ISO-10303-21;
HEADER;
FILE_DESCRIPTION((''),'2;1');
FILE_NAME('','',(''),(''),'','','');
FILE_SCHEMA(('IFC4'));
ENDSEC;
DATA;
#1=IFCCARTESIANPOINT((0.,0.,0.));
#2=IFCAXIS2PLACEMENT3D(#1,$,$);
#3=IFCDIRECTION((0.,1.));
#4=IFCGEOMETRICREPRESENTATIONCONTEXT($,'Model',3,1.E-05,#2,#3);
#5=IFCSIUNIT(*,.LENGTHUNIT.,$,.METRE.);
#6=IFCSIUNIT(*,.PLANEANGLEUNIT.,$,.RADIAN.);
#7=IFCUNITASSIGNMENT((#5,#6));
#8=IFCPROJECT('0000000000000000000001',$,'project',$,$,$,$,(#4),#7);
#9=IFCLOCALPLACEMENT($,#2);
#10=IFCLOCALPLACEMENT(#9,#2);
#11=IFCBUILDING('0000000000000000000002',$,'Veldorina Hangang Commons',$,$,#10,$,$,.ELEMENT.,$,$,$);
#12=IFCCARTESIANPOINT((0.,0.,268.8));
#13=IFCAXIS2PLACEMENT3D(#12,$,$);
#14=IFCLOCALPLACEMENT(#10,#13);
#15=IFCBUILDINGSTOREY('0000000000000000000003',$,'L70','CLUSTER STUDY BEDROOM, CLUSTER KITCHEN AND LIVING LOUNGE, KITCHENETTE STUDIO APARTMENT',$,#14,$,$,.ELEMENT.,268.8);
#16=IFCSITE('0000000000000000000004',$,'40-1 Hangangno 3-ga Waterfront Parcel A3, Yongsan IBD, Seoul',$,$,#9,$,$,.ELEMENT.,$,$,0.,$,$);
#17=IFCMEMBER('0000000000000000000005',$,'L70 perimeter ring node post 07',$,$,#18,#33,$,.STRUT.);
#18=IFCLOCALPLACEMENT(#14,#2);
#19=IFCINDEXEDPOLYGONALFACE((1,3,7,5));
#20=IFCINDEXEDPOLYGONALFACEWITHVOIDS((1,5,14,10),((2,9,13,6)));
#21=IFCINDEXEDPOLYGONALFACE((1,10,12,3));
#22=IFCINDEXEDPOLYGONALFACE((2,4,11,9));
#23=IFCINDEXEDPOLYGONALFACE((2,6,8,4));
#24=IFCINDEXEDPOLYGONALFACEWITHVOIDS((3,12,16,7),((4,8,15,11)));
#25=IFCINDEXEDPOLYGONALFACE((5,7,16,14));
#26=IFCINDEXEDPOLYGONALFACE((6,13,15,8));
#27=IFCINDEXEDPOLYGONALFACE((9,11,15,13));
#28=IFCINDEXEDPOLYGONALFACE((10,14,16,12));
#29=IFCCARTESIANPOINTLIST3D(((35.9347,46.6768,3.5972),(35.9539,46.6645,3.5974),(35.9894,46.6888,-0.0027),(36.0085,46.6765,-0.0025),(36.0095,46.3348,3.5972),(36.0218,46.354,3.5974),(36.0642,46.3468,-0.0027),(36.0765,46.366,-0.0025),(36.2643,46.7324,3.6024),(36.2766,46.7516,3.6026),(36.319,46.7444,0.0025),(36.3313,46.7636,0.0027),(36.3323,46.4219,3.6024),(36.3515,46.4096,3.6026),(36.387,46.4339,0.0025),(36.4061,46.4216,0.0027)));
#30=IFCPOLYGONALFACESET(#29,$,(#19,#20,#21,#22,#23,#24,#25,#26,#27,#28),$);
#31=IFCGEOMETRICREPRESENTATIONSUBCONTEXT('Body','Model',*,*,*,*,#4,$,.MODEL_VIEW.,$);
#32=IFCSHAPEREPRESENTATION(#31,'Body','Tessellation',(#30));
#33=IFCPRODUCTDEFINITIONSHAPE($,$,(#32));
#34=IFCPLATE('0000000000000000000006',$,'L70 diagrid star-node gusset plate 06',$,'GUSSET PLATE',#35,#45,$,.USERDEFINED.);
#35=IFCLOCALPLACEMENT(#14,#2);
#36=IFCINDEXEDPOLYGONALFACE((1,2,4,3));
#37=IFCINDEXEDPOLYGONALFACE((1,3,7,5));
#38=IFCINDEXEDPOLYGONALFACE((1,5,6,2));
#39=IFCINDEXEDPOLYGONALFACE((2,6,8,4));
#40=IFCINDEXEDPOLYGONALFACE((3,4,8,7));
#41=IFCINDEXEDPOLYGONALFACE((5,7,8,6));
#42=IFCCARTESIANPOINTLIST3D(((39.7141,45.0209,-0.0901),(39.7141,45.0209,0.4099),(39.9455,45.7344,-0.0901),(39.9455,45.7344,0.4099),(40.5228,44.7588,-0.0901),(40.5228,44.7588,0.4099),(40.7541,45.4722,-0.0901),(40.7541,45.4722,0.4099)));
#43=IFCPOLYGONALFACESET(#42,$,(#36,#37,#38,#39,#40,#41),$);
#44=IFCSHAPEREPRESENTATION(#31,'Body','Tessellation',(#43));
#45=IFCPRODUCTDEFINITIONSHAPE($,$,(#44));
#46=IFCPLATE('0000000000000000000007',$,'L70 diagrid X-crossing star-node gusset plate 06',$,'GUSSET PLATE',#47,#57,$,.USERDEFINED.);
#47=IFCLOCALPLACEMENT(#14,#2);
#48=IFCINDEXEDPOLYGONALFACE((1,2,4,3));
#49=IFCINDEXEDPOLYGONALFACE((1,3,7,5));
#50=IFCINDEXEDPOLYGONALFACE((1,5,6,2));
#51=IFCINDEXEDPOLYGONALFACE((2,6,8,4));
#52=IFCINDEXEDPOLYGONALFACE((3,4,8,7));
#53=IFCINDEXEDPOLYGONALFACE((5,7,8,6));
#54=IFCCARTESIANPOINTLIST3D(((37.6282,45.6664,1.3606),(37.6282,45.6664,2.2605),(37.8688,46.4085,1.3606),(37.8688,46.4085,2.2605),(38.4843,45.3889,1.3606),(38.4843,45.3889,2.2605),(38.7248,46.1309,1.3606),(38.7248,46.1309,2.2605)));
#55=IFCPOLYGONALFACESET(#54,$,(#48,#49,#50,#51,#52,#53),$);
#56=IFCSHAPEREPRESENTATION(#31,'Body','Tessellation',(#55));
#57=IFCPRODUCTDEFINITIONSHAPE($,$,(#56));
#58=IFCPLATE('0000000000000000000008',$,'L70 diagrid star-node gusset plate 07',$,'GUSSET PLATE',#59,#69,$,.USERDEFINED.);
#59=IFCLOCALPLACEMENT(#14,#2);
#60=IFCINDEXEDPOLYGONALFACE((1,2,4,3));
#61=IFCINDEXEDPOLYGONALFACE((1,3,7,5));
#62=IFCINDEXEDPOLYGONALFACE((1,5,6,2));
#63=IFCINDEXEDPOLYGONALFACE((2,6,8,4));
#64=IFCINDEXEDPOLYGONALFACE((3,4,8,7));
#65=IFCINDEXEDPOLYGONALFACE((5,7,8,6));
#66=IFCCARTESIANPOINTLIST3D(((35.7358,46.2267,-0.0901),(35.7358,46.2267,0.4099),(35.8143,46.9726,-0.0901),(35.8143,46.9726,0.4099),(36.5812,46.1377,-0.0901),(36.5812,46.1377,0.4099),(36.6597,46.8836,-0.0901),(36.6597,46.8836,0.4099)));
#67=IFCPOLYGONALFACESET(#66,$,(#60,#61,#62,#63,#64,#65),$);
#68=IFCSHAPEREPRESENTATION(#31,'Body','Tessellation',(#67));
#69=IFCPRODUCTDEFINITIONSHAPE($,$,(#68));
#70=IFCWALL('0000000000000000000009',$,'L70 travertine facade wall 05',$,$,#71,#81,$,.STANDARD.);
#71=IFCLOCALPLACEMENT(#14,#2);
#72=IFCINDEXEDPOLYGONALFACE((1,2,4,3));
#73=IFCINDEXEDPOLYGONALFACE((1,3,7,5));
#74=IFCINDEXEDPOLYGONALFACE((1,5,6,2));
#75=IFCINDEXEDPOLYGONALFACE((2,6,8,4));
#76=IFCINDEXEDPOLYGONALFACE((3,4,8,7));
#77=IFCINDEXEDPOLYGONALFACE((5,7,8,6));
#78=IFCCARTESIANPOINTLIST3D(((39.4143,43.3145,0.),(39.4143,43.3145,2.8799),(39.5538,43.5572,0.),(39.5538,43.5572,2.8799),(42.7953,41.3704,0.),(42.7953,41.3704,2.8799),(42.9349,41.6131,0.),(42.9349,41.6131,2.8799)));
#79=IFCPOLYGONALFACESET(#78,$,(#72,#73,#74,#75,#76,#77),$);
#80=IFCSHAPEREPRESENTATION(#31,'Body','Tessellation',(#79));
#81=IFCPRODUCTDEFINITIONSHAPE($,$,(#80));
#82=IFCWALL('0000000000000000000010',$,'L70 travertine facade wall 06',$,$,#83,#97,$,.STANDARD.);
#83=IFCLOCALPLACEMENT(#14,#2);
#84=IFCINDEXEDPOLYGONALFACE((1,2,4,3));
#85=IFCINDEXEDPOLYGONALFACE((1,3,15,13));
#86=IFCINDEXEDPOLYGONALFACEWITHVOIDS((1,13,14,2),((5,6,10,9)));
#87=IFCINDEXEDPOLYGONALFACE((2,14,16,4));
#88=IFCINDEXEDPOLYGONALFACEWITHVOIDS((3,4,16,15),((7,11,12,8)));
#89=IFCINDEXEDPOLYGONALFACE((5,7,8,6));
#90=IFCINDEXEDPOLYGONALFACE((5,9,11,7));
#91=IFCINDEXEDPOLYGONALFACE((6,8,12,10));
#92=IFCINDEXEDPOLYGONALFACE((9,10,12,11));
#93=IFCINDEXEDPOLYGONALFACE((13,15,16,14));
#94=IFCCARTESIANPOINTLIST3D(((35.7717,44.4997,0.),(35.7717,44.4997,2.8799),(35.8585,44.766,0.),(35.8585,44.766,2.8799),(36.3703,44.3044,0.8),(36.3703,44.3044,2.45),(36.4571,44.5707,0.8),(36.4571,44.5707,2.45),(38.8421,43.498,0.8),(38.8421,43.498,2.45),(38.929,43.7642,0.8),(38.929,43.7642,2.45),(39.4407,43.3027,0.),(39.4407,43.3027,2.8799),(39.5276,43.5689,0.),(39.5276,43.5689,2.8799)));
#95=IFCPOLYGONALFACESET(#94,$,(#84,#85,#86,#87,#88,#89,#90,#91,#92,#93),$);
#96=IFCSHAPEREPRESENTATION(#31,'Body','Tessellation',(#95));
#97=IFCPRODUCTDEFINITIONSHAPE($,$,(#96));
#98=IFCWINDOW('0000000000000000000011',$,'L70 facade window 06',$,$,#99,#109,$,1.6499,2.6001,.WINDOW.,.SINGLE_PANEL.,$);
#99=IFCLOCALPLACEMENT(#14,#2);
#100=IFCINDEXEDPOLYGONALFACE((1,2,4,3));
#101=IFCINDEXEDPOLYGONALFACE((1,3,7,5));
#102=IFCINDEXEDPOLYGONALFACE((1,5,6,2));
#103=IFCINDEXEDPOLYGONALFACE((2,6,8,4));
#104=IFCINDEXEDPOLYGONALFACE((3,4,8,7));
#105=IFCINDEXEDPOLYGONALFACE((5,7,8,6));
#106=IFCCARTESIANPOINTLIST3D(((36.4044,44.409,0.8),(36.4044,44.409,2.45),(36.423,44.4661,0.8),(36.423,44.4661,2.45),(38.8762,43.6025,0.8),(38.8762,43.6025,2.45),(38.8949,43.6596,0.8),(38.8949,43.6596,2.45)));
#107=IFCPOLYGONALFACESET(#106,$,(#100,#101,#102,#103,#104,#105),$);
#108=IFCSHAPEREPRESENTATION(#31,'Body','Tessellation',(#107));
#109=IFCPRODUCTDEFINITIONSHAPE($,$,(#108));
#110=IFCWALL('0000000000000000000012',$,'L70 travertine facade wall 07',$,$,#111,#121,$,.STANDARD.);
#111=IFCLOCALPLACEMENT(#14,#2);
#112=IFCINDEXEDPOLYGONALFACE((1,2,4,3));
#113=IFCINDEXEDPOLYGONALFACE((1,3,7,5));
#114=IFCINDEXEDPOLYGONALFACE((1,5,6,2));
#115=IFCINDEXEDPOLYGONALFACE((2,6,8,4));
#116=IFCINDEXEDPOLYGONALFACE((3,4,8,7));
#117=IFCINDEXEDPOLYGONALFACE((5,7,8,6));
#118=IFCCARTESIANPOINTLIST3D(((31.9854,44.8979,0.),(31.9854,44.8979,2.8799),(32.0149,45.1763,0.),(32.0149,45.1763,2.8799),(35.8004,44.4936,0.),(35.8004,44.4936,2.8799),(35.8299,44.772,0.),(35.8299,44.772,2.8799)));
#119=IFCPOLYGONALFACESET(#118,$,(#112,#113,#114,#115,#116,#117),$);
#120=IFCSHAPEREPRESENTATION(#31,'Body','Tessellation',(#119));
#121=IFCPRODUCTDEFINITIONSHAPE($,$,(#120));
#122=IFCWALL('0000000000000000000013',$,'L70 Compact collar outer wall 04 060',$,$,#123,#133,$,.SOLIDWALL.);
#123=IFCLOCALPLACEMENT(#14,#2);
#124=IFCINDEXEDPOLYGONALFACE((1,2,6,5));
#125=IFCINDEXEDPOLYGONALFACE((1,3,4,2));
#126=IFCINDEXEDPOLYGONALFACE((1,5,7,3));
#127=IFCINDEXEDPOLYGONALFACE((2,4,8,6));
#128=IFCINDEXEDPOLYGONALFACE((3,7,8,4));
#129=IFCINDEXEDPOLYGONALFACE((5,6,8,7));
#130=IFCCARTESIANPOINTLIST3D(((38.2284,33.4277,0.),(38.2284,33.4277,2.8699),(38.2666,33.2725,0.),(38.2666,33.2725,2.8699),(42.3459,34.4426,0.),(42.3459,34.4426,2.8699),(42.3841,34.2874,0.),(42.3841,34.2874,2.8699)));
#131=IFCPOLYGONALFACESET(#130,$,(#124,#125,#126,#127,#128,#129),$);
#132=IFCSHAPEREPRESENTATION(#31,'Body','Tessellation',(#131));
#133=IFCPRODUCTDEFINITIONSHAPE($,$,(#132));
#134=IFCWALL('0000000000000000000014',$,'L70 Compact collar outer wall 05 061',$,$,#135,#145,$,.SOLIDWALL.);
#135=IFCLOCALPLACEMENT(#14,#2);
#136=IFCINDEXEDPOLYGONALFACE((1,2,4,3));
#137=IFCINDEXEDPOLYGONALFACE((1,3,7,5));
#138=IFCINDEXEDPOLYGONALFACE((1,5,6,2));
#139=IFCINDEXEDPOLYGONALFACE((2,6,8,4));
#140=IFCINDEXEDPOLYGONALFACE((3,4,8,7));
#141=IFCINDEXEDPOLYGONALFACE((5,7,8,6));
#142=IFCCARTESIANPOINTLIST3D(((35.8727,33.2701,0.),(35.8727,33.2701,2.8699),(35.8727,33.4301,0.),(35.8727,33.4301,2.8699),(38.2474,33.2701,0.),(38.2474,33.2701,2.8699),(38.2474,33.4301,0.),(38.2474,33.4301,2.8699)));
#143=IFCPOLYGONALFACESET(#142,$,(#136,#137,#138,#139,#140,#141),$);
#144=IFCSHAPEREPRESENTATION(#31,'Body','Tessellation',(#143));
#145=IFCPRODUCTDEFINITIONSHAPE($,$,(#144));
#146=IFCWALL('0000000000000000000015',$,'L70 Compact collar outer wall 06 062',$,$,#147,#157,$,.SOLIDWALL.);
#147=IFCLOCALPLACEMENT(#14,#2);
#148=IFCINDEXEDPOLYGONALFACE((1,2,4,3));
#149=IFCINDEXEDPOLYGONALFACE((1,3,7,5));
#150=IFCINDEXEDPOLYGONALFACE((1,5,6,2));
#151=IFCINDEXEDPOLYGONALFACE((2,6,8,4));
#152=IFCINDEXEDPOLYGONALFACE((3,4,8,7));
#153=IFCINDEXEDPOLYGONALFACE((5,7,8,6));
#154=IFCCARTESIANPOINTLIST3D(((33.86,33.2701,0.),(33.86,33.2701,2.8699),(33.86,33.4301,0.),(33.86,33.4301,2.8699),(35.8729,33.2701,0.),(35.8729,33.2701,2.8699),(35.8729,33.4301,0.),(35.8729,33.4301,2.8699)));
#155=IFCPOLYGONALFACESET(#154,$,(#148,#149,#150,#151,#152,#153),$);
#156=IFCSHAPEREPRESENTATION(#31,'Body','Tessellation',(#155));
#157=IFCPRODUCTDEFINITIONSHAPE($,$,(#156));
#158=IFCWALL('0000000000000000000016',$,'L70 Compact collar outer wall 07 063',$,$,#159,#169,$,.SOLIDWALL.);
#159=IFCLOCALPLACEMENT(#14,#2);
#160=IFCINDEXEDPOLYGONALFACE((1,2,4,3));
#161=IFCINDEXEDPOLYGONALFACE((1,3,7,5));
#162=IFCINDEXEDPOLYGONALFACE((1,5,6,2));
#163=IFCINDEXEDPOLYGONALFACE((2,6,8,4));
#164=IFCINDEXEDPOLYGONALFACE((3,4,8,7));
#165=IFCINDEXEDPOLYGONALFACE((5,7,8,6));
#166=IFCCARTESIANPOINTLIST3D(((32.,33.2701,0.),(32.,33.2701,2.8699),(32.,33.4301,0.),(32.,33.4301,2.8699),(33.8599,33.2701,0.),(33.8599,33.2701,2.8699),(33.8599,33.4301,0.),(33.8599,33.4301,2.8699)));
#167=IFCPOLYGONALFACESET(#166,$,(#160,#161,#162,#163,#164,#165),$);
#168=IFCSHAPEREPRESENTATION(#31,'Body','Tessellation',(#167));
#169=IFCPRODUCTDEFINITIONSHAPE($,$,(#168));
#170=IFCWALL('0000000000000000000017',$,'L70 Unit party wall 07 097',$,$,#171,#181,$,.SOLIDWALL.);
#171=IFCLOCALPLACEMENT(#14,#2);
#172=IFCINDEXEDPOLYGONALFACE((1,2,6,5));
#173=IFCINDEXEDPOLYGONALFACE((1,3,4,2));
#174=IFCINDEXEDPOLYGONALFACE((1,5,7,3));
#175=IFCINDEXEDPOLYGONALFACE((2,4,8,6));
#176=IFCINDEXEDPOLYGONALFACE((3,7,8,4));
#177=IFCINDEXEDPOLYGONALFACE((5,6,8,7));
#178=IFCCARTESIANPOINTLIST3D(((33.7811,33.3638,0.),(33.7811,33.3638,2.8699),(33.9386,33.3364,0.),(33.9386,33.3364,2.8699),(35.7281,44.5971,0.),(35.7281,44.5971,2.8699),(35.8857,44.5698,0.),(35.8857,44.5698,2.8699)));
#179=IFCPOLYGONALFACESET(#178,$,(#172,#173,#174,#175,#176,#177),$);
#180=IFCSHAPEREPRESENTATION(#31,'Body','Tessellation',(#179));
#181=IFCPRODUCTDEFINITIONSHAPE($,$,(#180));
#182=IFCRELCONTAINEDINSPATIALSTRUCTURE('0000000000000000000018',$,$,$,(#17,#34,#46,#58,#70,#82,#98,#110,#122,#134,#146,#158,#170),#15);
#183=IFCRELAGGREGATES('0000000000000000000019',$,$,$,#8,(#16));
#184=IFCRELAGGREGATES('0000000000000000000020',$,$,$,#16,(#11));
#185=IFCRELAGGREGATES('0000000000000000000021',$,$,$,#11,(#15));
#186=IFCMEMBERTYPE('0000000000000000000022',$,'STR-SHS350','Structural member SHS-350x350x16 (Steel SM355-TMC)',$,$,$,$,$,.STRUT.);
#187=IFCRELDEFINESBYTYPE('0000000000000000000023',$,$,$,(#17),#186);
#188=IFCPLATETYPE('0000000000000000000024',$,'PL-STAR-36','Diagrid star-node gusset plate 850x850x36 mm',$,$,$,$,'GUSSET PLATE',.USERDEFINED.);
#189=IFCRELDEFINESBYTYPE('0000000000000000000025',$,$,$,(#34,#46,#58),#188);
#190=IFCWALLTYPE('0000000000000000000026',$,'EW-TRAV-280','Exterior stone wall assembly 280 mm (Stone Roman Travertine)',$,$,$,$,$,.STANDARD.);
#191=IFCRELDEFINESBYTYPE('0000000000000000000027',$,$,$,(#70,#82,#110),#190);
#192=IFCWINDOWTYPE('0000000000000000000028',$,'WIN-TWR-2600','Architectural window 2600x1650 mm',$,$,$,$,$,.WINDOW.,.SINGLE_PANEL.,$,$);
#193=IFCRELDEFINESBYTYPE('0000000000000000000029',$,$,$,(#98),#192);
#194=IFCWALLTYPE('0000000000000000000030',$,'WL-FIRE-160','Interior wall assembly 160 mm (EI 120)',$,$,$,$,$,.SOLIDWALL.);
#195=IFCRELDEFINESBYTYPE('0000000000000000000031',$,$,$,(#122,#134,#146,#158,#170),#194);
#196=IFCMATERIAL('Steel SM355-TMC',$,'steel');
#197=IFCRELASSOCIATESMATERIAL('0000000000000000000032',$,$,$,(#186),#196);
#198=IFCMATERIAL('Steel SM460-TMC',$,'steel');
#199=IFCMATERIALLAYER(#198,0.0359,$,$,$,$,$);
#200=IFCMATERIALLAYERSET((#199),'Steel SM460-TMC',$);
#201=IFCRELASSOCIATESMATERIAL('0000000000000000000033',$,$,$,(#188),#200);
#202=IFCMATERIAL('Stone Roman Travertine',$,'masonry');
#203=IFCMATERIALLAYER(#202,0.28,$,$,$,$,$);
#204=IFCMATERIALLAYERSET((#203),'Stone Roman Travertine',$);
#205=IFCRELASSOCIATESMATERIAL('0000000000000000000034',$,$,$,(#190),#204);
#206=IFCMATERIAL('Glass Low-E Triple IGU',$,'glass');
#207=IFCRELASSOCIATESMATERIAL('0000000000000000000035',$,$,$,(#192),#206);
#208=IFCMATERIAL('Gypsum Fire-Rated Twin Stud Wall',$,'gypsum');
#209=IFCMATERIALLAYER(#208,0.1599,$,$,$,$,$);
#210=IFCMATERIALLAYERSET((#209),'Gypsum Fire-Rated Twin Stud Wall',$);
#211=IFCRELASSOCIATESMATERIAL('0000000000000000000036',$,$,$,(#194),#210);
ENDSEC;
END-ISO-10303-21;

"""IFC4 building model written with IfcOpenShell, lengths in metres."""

from ifc_helpers import new_model, si_unit, direction, frame, frame_2d, origin, origin_2d, place, context, subcontext, project, spatial, rectangle, hollow_rectangle, extrude, material, layer, layer_set, material_profile, profile_set, type_object, element, fill, save


model = new_model("IFC4")

# Units and contexts
model_context = context("Model", 3, precision=1e-05, world=origin(), true_north=direction((0.0, 1.0)))
body_context = subcontext(model_context, "Body", "Model", "MODEL_VIEW")
ifc_project = project(units=[si_unit("LENGTHUNIT", "METRE"), si_unit("PLANEANGLEUNIT", "RADIAN")], contexts=[model_context])

# Site, building, storey
site_placement = place(None, origin())
site = spatial("IfcSite", under=ifc_project, at=site_placement, Name="40-1 Hangangno 3-ga Waterfront Parcel A3, Yongsan IBD, Seoul", CompositionType="ELEMENT", RefElevation=0.0)
building_placement = place(site_placement, origin())
building = spatial("IfcBuilding", under=site, at=building_placement, Name="Veldorina Hangang Commons", CompositionType="ELEMENT")
storey_placement = place(building_placement, frame((0.0, 0.0, 268.8)))
storey = spatial("IfcBuildingStorey", under=building, at=storey_placement, Name="L70", Description="CLUSTER STUDY BEDROOM, CLUSTER KITCHEN AND LIVING LOUNGE, KITCHENETTE STUDIO APARTMENT", CompositionType="ELEMENT", Elevation=268.8)

# Shared definitions
ifc_material_1 = material(Name="Steel SM355-TMC", Category="steel")

# Member
ifc_material_profile_1 = material_profile(ifc_material_1, hollow_rectangle(XDim=0.3501, YDim=0.3501, WallThickness=0.0161, at=origin_2d()), Name="SHS-350x350x16")
ifc_profile_set_1 = profile_set([ifc_material_profile_1], Name="Steel SM355-TMC")
member_type_1 = type_object("IfcMemberType", Name="STR-SHS350", Description="Structural member SHS-350x350x16 (Steel SM355-TMC)", PredefinedType="STRUT", material=ifc_profile_set_1)
member_1_placement = place(storey_placement, frame((36.1978, 46.5552, 0.0), z_axis=(-0.01519, -0.003323, 0.999879), x_axis=(0.213697, -0.9769, 0.0)))
element("IfcMember", 1, at=member_1_placement, inside=storey, type_object=member_type_1, Name="L70 perimeter ring node post 07", PredefinedType="STRUT", context=body_context, shape_type="SweptSolid", body=[
    extrude(hollow_rectangle(XDim=0.3501, YDim=0.3501, WallThickness=0.0161, at=origin_2d()), origin(), (0.0, 0.0, 1.0), 3.6003),
])

# Plates
ifc_material_2 = material(Name="Steel SM460-TMC", Category="steel")
ifc_layer_1 = layer(ifc_material_2, 0.0359)
ifc_layer_set_1 = layer_set([ifc_layer_1], Name="Steel SM460-TMC")
plate_type = type_object("IfcPlateType", Name="PL-STAR-36", Description="Diagrid star-node gusset plate 850x850x36 mm", ElementType="GUSSET PLATE", PredefinedType="USERDEFINED", material=ifc_layer_set_1)
plate_1_placement = place(storey_placement, frame((40.2341, 45.2466, -0.0901), z_axis=(0.0, 0.0, 1.0), x_axis=(-0.951256, 0.308403, 0.0)))
element("IfcPlate", 2, at=plate_1_placement, inside=storey, type_object=plate_type, Name="L70 diagrid star-node gusset plate 06", ObjectType="GUSSET PLATE", PredefinedType="USERDEFINED", context=body_context, shape_type="SweptSolid", body=[
    extrude(rectangle(XDim=0.8501, YDim=0.75, at=origin_2d()), origin(), (0.0, 0.0, 1.0), 0.5),
])
plate_2_placement = place(storey_placement, frame((38.1765, 45.8987, 1.3606), z_axis=(0.0, 0.0, 1.0), x_axis=(-0.951256, 0.308403, 0.0)))
element("IfcPlate", 3, at=plate_2_placement, inside=storey, type_object=plate_type, Name="L70 diagrid X-crossing star-node gusset plate 06", ObjectType="GUSSET PLATE", PredefinedType="USERDEFINED", context=body_context, shape_type="SweptSolid", body=[
    extrude(rectangle(XDim=0.8999, YDim=0.78, at=origin_2d()), origin(), (0.0, 0.0, 1.0), 0.8999),
])
plate_3_placement = place(storey_placement, frame((36.1978, 46.5552, -0.0901), z_axis=(0.0, 0.0, 1.0), x_axis=(-0.994504, 0.104702, 0.0)))
element("IfcPlate", 4, at=plate_3_placement, inside=storey, type_object=plate_type, Name="L70 diagrid star-node gusset plate 07", ObjectType="GUSSET PLATE", PredefinedType="USERDEFINED", context=body_context, shape_type="SweptSolid", body=[
    extrude(rectangle(XDim=0.8501, YDim=0.75, at=origin_2d()), origin(), (0.0, 0.0, 1.0), 0.5),
])

# Wall
ifc_material_3 = material(Name="Stone Roman Travertine", Category="masonry")
ifc_layer_2 = layer(ifc_material_3, 0.28)
ifc_layer_set_2 = layer_set([ifc_layer_2], Name="Stone Roman Travertine")
wall_type_1 = type_object("IfcWallType", Name="EW-TRAV-280", Description="Exterior stone wall assembly 280 mm (Stone Roman Travertine)", PredefinedType="STANDARD", material=ifc_layer_set_2)
wall_1_placement = place(storey_placement, frame((42.8652, 41.4917, 0.0), z_axis=(0.0, 0.0, 1.0), x_axis=(-0.866911, 0.498463, 0.0)))
element("IfcWall", 5, at=wall_1_placement, inside=storey, type_object=wall_type_1, Name="L70 travertine facade wall 05", PredefinedType="STANDARD", context=body_context, shape_type="SweptSolid", body=[
    extrude(rectangle(XDim=3.9001, YDim=0.28, at=frame_2d((1.9502, 0.0))), origin(), (0.0, 0.0, 1.0), 2.8799),
])

# Wall, opening, window
wall_2_placement = place(storey_placement, frame((39.4841, 43.4358, 0.0), z_axis=(0.0, 0.0, 1.0), x_axis=(-0.950682, 0.310167, 0.0)))
wall_2 = element("IfcWall", 6, at=wall_2_placement, inside=storey, type_object=wall_type_1, Name="L70 travertine facade wall 06", PredefinedType="STANDARD", context=body_context, shape_type="SweptSolid", body=[
    extrude(rectangle(XDim=3.8594, YDim=0.28, at=frame_2d((1.9297, 0.0))), origin(), (0.0, 0.0, 1.0), 2.8799),
])
opening_1_placement = place(wall_2_placement, frame((0.6296, 0.0, 0.8)))
opening_1 = element("IfcOpeningElement", 7, at=opening_1_placement, cuts=wall_2, PredefinedType="OPENING", context=body_context, shape_type="SweptSolid", body=[
    extrude(rectangle(XDim=2.6001, YDim=1.6499, at=frame_2d((1.3, 0.825))), frame((0.0, 0.1499, 0.0), z_axis=(0.0, -1.0, 0.0), x_axis=(1.0, 0.0, 0.0)), (0.0, 0.0, 1.0), 0.3),
])
ifc_material_4 = material(Name="Glass Low-E Triple IGU", Category="glass")
window_type = type_object("IfcWindowType", Name="WIN-TWR-2600", Description="Architectural window 2600x1650 mm", PartitioningType="SINGLE_PANEL", PredefinedType="WINDOW", material=ifc_material_4)
window_placement = place(opening_1_placement, origin())
window = element("IfcWindow", 8, at=window_placement, inside=storey, type_object=window_type, Name="L70 facade window 06", OverallHeight=1.6499, OverallWidth=2.6001, PartitioningType="SINGLE_PANEL", PredefinedType="WINDOW", context=body_context, shape_type="SweptSolid", body=[
    extrude(rectangle(XDim=2.6001, YDim=1.6499, at=frame_2d((1.3, 0.825))), frame((0.0, 0.03, 0.0), z_axis=(0.0, -1.0, 0.0), x_axis=(1.0, 0.0, 0.0)), (0.0, 0.0, 1.0), 0.0601),
])
fill(opening_1, window)

# Walls
wall_3_placement = place(storey_placement, frame((35.8152, 44.6328, 0.0), z_axis=(0.0, 0.0, 1.0), x_axis=(-0.994432, 0.10538, 0.0)))
element("IfcWall", 9, at=wall_3_placement, inside=storey, type_object=wall_type_1, Name="L70 travertine facade wall 07", PredefinedType="STANDARD", context=body_context, shape_type="SweptSolid", body=[
    extrude(rectangle(XDim=3.8364, YDim=0.28, at=frame_2d((1.9182, 0.0))), origin(), (0.0, 0.0, 1.0), 2.8799),
])
ifc_material_5 = material(Name="Gypsum Fire-Rated Twin Stud Wall", Category="gypsum")
ifc_layer_3 = layer(ifc_material_5, 0.1599)
ifc_layer_set_3 = layer_set([ifc_layer_3], Name="Gypsum Fire-Rated Twin Stud Wall")
wall_type_2 = type_object("IfcWallType", Name="WL-FIRE-160", Description="Interior wall assembly 160 mm (EI 120)", PredefinedType="SOLIDWALL", material=ifc_layer_set_3)
wall_4_placement = place(storey_placement, frame((42.365, 34.365, 0.0), z_axis=(0.0, 0.0, 1.0), x_axis=(-0.97094, -0.239324, 0.0)))
element("IfcWall", 10, at=wall_4_placement, inside=storey, type_object=wall_type_2, Name="L70 Compact collar outer wall 04 060", PredefinedType="SOLIDWALL", context=body_context, shape_type="SweptSolid", body=[
    extrude(rectangle(XDim=4.2407, YDim=0.1599, at=frame_2d((2.1204, 0.0))), origin(), (0.0, 0.0, 1.0), 2.8699),
])
wall_5_placement = place(storey_placement, frame((38.2476, 33.3501, 0.0), z_axis=(0.0, 0.0, 1.0), x_axis=(-1.0, 0.0, 0.0)))
element("IfcWall", 11, at=wall_5_placement, inside=storey, type_object=wall_type_2, Name="L70 Compact collar outer wall 05 061", PredefinedType="SOLIDWALL", context=body_context, shape_type="SweptSolid", body=[
    extrude(rectangle(XDim=2.3748, YDim=0.1599, at=frame_2d((1.1875, 0.0))), origin(), (0.0, 0.0, 1.0), 2.8699),
])
wall_6_placement = place(storey_placement, frame((35.8728, 33.3501, 0.0), z_axis=(0.0, 0.0, 1.0), x_axis=(-1.0, 0.0, 0.0)))
element("IfcWall", 12, at=wall_6_placement, inside=storey, type_object=wall_type_2, Name="L70 Compact collar outer wall 06 062", PredefinedType="SOLIDWALL", context=body_context, shape_type="SweptSolid", body=[
    extrude(rectangle(XDim=2.0129, YDim=0.1599, at=frame_2d((1.0063, 0.0))), origin(), (0.0, 0.0, 1.0), 2.8699),
])
wall_7_placement = place(storey_placement, frame((33.8599, 33.3501, 0.0), z_axis=(0.0, 0.0, 1.0), x_axis=(-1.0, 0.0, 0.0)))
element("IfcWall", 13, at=wall_7_placement, inside=storey, type_object=wall_type_2, Name="L70 Compact collar outer wall 07 063", PredefinedType="SOLIDWALL", context=body_context, shape_type="SweptSolid", body=[
    extrude(rectangle(XDim=1.8599, YDim=0.1599, at=frame_2d((0.9299, 0.0))), origin(), (0.0, 0.0, 1.0), 2.8699),
])
wall_8_placement = place(storey_placement, frame((33.8599, 33.3501, 0.0), z_axis=(0.0, 0.0, 1.0), x_axis=(0.170778, 0.98531, 0.0)))
element("IfcWall", 14, at=wall_8_placement, inside=storey, type_object=wall_type_2, Name="L70 Unit party wall 07 097", PredefinedType="SOLIDWALL", context=body_context, shape_type="SweptSolid", body=[
    extrude(rectangle(XDim=11.4009, YDim=0.1599, at=frame_2d((5.7004, 0.0))), origin(), (0.0, 0.0, 1.0), 2.8699),
])

save(model, "model.ifc")
